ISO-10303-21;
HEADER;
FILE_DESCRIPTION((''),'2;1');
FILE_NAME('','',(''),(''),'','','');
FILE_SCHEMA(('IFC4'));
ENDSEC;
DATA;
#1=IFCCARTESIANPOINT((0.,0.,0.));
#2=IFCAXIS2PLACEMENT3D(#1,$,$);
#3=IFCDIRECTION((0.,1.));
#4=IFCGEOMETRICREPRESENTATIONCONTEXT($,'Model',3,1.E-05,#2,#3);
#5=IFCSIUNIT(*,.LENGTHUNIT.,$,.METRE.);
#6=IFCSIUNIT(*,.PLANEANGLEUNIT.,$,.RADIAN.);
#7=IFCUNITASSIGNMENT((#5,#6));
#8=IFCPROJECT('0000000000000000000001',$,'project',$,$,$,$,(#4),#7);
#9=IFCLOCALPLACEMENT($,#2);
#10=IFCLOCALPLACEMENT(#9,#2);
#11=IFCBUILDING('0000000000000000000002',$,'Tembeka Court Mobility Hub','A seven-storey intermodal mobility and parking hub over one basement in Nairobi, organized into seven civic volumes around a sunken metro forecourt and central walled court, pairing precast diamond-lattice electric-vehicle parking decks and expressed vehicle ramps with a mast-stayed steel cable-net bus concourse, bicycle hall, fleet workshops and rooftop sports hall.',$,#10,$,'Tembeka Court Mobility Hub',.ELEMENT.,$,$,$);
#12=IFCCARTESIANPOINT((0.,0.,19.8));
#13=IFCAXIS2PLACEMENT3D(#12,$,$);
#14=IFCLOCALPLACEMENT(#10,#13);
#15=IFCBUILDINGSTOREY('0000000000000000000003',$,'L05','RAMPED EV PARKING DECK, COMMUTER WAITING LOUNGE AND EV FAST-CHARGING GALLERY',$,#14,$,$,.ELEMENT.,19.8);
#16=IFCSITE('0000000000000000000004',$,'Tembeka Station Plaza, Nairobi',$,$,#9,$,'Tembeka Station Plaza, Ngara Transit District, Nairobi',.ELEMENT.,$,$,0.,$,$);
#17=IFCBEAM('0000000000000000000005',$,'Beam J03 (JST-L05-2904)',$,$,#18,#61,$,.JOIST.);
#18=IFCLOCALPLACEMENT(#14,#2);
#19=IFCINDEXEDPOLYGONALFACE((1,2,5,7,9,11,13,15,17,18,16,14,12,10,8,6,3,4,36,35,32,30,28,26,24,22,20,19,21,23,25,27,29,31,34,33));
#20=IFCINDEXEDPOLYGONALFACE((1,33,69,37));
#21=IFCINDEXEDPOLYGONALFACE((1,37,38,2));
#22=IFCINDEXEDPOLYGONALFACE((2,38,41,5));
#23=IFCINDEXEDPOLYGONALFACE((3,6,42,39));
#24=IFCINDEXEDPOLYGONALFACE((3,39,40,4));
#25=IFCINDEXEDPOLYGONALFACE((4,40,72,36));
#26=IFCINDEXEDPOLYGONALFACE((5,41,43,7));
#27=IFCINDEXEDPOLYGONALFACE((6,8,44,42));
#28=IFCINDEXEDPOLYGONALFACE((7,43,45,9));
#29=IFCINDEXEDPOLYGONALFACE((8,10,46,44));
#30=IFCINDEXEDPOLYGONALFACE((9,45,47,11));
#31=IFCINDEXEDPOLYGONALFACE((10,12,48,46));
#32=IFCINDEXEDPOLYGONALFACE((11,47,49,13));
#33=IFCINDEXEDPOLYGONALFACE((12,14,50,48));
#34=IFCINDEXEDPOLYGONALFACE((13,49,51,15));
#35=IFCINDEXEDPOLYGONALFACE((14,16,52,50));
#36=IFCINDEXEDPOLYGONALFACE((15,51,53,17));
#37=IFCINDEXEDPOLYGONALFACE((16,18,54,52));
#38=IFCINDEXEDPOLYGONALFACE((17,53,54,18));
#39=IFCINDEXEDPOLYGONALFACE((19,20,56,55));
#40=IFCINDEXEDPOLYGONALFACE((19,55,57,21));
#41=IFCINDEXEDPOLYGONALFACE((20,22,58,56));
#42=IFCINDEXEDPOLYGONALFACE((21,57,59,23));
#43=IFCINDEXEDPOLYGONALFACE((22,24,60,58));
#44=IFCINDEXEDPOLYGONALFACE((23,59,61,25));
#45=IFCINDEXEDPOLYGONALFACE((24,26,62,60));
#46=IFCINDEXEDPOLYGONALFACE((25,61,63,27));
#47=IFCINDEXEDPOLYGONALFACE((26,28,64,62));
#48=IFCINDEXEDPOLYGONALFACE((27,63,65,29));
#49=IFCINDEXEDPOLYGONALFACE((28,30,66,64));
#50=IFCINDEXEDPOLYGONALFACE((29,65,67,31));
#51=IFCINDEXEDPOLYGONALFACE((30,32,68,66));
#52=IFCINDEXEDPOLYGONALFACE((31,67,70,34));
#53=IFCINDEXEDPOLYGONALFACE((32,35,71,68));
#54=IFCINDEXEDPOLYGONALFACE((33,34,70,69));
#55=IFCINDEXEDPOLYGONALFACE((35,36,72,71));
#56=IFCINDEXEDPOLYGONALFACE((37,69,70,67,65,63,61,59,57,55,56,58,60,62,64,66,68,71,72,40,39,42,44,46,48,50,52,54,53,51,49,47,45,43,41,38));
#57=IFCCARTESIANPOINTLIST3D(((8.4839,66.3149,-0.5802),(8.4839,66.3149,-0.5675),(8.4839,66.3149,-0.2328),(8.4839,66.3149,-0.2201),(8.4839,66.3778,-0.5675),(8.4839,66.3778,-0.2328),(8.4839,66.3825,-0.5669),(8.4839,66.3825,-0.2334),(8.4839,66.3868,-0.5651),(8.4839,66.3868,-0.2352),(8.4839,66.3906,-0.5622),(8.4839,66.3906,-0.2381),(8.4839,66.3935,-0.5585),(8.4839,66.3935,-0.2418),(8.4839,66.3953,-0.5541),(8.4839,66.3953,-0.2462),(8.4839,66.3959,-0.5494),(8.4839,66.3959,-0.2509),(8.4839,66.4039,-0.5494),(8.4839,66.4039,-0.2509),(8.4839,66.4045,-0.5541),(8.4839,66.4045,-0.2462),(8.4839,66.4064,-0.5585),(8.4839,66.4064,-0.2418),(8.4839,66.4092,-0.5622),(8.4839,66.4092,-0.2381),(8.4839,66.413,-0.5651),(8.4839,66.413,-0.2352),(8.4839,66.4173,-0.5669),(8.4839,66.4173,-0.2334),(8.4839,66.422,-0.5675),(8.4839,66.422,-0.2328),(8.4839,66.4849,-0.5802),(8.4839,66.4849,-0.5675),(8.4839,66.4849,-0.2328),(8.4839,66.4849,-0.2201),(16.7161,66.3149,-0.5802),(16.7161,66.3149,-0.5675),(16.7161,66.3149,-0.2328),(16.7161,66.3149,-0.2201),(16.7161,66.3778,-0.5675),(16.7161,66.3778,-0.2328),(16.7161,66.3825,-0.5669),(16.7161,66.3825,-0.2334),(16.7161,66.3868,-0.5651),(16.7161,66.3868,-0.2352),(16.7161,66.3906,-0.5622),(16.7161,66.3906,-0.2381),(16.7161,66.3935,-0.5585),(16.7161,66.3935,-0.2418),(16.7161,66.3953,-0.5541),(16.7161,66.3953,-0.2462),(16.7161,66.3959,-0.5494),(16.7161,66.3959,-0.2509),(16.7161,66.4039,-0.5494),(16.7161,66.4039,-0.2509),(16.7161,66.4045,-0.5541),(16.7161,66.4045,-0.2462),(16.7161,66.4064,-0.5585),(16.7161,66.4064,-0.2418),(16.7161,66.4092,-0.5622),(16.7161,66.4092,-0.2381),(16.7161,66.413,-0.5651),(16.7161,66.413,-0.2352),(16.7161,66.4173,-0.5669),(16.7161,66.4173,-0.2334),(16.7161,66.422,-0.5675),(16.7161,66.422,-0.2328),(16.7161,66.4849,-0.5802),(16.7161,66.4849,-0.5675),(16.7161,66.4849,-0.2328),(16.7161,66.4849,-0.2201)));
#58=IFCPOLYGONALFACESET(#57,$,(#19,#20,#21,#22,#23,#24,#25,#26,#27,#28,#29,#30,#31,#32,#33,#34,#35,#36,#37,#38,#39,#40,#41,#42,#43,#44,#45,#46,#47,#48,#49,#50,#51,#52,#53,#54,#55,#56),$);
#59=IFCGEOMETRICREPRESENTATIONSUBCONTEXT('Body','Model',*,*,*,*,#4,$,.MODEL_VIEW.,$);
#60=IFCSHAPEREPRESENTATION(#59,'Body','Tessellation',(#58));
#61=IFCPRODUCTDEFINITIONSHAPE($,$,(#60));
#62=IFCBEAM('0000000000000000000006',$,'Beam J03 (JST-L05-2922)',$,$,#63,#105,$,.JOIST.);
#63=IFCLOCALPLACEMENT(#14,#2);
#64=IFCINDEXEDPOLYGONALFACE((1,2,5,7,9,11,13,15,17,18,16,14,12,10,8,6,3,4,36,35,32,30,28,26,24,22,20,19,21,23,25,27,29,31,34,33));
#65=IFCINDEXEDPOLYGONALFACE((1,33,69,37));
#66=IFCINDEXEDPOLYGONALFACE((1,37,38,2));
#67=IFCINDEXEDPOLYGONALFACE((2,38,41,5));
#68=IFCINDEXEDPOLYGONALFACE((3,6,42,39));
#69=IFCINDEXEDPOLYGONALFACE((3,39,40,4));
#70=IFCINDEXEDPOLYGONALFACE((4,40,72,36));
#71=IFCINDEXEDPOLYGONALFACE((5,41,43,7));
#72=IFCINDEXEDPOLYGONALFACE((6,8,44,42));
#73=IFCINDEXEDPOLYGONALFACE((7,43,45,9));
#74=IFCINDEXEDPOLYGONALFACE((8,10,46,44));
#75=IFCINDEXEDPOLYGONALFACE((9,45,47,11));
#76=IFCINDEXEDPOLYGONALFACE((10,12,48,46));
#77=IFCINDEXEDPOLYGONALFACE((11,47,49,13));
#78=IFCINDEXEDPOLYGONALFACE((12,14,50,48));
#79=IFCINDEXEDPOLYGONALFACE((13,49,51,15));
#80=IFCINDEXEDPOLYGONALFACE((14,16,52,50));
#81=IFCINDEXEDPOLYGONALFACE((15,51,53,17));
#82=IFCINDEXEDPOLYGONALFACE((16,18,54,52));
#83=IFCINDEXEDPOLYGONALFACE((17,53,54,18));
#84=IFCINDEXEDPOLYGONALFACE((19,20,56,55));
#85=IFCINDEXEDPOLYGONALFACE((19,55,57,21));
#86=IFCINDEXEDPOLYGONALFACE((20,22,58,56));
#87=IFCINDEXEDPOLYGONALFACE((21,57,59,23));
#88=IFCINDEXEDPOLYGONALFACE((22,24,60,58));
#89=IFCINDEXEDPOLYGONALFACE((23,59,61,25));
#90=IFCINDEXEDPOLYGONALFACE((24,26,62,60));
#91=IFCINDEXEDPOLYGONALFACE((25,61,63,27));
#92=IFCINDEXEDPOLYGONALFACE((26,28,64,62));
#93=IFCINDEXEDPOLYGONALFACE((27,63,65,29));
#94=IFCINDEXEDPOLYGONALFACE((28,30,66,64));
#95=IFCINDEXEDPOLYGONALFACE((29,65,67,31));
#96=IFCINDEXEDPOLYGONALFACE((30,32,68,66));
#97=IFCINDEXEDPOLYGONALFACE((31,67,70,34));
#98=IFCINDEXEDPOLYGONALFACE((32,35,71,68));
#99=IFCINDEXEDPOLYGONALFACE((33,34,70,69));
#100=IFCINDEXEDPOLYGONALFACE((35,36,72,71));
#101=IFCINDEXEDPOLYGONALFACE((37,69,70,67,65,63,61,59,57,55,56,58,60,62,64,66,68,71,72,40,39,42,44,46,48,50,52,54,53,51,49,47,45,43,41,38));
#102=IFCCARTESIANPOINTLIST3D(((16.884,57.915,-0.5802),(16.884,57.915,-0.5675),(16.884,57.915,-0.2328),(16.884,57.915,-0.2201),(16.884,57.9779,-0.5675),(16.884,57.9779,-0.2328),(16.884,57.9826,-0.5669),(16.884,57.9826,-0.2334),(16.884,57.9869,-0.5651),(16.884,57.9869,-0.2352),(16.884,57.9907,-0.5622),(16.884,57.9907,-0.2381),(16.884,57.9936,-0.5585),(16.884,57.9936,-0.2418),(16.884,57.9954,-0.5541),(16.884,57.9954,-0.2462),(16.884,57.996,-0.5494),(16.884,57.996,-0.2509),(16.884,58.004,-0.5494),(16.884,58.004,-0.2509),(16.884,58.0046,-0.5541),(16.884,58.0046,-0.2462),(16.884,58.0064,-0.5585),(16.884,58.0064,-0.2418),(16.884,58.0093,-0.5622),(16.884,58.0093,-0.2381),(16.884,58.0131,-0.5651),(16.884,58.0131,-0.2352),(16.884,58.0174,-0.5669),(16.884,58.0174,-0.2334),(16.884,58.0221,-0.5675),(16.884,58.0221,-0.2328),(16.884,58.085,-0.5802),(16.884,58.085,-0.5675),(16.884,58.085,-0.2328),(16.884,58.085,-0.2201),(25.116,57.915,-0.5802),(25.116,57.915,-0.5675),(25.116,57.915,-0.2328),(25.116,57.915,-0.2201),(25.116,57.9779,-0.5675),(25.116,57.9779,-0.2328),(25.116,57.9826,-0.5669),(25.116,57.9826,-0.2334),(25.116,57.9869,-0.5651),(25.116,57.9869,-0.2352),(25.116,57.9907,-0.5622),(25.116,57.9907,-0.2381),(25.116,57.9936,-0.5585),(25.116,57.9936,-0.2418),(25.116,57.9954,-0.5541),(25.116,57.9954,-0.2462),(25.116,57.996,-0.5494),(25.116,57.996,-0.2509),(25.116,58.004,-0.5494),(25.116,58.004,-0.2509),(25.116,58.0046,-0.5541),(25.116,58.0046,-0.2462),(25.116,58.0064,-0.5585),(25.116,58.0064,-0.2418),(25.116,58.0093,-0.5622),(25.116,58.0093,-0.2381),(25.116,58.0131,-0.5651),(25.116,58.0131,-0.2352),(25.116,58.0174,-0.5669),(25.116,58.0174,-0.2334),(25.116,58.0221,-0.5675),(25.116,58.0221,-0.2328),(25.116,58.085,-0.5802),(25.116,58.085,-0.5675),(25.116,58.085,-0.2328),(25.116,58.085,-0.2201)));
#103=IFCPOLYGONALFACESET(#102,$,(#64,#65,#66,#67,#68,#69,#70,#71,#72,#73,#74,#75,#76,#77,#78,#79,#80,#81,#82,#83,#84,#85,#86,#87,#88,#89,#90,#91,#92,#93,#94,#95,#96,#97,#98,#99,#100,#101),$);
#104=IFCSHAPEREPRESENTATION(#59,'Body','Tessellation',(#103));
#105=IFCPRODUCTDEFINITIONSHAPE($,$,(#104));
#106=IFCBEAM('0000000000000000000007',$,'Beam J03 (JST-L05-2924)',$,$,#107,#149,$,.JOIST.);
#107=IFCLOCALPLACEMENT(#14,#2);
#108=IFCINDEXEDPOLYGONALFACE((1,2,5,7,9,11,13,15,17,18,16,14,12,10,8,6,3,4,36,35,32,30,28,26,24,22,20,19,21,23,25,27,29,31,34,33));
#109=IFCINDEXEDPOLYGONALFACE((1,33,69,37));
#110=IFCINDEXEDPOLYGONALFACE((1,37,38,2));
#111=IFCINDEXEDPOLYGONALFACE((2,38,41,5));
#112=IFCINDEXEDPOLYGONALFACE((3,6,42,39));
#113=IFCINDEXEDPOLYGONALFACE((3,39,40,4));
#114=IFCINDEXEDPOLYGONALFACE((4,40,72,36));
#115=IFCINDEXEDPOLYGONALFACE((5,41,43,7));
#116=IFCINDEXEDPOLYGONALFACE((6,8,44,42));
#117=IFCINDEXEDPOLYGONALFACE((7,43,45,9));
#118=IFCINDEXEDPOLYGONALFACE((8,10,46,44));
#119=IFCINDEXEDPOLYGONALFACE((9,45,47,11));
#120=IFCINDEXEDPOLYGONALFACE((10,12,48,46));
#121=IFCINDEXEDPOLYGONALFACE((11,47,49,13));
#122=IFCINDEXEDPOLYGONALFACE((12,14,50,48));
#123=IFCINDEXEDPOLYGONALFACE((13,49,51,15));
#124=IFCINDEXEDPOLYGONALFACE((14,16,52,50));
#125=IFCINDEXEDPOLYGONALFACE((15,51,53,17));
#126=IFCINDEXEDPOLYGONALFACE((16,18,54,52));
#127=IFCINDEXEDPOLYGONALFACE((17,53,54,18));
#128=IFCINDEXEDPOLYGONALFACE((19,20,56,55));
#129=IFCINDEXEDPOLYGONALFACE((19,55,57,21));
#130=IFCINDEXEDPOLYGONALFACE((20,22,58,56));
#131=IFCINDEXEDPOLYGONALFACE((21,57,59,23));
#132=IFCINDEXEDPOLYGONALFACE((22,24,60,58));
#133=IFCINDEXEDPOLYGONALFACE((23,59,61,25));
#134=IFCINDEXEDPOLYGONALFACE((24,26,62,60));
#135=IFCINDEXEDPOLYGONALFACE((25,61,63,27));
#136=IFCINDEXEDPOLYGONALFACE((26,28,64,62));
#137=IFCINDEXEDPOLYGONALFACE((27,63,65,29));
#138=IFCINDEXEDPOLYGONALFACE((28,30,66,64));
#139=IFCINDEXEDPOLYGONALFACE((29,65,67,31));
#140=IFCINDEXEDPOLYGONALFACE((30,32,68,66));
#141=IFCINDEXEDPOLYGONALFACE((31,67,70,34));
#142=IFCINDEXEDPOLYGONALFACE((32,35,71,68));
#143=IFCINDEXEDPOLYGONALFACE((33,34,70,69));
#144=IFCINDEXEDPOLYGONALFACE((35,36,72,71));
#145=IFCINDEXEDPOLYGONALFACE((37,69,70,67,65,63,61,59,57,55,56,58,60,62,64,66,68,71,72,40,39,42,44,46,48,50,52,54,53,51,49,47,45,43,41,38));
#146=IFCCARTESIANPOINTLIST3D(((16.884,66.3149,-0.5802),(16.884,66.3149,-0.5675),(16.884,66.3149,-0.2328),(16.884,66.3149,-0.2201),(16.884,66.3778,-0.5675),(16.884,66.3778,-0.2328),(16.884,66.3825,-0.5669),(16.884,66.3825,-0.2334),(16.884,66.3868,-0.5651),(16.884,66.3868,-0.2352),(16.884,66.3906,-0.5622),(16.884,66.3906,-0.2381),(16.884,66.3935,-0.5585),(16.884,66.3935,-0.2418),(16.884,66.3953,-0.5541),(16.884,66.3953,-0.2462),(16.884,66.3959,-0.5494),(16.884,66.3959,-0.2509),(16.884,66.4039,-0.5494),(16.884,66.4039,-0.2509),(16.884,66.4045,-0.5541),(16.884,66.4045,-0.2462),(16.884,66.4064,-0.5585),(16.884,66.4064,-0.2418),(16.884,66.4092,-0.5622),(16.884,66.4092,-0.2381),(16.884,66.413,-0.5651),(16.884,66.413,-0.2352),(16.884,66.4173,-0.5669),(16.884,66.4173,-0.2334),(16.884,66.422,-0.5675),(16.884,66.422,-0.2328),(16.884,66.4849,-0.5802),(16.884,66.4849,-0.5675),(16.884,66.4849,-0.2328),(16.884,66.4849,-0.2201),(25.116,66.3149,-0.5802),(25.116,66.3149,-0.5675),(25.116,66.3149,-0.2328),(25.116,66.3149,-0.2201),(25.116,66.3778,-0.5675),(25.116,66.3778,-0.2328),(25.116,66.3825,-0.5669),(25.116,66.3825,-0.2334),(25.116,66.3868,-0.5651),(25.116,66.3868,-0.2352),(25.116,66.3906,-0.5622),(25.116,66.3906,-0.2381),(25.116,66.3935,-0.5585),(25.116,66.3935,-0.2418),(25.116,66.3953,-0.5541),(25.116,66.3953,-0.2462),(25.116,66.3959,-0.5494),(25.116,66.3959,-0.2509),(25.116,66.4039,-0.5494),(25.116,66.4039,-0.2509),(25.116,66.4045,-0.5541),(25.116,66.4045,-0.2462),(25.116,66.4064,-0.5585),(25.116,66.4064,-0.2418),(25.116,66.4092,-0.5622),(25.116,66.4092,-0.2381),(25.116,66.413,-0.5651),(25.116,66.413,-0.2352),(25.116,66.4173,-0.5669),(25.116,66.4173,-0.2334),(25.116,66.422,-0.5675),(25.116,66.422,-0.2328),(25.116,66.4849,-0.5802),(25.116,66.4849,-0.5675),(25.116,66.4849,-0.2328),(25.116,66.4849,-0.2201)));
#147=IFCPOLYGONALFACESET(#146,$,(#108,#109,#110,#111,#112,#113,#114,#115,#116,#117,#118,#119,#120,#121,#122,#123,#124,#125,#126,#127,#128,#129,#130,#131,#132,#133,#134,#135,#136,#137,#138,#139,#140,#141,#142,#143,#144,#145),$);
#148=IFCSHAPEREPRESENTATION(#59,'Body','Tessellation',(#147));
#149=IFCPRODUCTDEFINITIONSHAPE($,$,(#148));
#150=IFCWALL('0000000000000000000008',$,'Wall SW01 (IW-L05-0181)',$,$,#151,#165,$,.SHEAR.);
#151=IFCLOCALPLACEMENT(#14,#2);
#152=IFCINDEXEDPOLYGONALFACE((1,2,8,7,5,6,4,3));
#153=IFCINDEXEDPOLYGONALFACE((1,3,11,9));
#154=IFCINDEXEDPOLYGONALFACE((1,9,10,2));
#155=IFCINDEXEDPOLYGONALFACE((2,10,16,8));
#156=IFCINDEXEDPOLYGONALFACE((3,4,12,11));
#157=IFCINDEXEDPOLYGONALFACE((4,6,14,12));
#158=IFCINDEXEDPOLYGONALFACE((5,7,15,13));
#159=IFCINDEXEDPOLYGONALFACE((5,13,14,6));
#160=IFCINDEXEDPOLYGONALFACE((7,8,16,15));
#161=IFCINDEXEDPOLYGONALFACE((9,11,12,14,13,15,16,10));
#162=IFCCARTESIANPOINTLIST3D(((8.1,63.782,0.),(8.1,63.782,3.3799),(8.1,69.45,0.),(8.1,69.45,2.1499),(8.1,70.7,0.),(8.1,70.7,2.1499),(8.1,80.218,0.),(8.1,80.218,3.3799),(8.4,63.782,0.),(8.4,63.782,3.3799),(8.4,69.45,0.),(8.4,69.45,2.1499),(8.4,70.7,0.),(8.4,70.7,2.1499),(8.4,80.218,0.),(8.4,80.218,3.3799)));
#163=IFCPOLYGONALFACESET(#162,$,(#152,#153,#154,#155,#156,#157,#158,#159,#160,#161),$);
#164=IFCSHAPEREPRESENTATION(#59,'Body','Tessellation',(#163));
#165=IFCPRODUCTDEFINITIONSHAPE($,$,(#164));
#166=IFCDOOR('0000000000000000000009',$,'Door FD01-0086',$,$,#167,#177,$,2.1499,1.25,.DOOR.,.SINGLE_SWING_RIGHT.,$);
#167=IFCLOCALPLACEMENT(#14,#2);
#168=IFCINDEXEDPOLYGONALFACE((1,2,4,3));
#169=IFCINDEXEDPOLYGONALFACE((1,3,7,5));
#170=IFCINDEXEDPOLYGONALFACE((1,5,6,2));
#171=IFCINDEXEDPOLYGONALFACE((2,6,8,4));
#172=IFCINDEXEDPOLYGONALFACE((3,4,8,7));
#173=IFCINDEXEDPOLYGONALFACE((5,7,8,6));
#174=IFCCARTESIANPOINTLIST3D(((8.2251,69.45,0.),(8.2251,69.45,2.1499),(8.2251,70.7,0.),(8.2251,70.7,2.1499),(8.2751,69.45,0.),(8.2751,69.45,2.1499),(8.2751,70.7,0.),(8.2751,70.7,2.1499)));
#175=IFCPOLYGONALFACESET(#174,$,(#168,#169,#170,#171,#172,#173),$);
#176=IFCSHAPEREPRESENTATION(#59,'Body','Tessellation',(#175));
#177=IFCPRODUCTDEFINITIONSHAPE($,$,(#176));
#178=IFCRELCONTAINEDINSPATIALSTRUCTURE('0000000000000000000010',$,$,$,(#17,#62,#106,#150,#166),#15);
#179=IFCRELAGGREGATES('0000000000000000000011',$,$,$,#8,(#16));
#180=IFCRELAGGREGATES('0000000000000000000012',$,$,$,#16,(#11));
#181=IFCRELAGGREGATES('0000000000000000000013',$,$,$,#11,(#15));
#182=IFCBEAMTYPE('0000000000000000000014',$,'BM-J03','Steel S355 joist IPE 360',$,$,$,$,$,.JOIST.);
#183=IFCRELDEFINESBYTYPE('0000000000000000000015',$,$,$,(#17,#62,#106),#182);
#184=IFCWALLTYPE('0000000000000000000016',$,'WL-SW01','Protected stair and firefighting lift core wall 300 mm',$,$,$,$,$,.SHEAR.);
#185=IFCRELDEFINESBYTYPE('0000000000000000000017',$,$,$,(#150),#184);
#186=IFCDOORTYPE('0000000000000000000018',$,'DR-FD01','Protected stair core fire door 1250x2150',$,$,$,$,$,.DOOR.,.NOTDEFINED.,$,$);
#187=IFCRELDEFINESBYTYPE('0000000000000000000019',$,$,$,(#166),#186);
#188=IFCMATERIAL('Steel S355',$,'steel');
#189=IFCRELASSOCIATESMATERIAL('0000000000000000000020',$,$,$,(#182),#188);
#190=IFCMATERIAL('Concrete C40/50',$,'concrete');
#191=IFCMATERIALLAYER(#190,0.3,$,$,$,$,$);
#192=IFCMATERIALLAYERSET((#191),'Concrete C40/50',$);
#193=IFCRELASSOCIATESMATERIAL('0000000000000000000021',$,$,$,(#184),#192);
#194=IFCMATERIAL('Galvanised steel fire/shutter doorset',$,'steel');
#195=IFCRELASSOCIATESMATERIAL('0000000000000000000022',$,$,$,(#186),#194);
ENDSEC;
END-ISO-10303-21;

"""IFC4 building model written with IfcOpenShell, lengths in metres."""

from ifc_helpers import new_model, si_unit, direction, frame, frame_2d, origin, origin_2d, place, context, subcontext, project, spatial, rectangle, i_section, extrude, material, layer, layer_set, material_profile, profile_set, type_object, element, fill, save


model = new_model("IFC4")

# Units and contexts
model_context = context("Model", 3, precision=1e-05, world=origin(), true_north=direction((0.0, 1.0)))
body_context = subcontext(model_context, "Body", "Model", "MODEL_VIEW")
ifc_project = project(units=[si_unit("LENGTHUNIT", "METRE"), si_unit("PLANEANGLEUNIT", "RADIAN")], contexts=[model_context])

# Site, building, storey
site_placement = place(None, origin())
site = spatial("IfcSite", under=ifc_project, at=site_placement, Name="Tembeka Station Plaza, Nairobi", LongName="Tembeka Station Plaza, Ngara Transit District, Nairobi", CompositionType="ELEMENT", RefElevation=0.0)
building_placement = place(site_placement, origin())
building = spatial("IfcBuilding", under=site, at=building_placement, Name="Tembeka Court Mobility Hub", Description="A seven-storey intermodal mobility and parking hub over one basement in Nairobi, organized into seven civic volumes around a sunken metro forecourt and central walled court, pairing precast diamond-lattice electric-vehicle parking decks and expressed vehicle ramps with a mast-stayed steel cable-net bus concourse, bicycle hall, fleet workshops and rooftop sports hall.", LongName="Tembeka Court Mobility Hub", CompositionType="ELEMENT")
storey_placement = place(building_placement, frame((0.0, 0.0, 19.8)))
storey = spatial("IfcBuildingStorey", under=building, at=storey_placement, Name="L05", Description="RAMPED EV PARKING DECK, COMMUTER WAITING LOUNGE AND EV FAST-CHARGING GALLERY", CompositionType="ELEMENT", Elevation=19.8)

# Shared definitions
ifc_material_1 = material(Name="Steel S355", Category="steel")

# Beams
ifc_material_profile_1 = material_profile(ifc_material_1, i_section(OverallWidth=0.1699, OverallDepth=0.3601, WebThickness=0.0081, FlangeThickness=0.0127, FilletRadius=0.0181, at=origin_2d()), Name="IPE 360")
ifc_profile_set_1 = profile_set([ifc_material_profile_1], Name="Steel S355")
beam_type_1 = type_object("IfcBeamType", Name="BM-J03", Description="Steel S355 joist IPE 360", PredefinedType="JOIST", material=ifc_profile_set_1)
for number, where, z_axis, x_axis, name in (
    (1, (8.4839, 66.3999, -0.4001), (1.0, 0.0, 0.0), (0.0, 1.0, 0.0), "Beam J03 (JST-L05-2904)"),
):
    element("IfcBeam", number, at=place(storey_placement, frame(where, z_axis=z_axis, x_axis=x_axis)), inside=storey, type_object=beam_type_1, Name=name, PredefinedType="JOIST", context=body_context, shape_type="SweptSolid", body=[
        extrude(i_section(OverallWidth=0.1699, OverallDepth=0.3601, WebThickness=0.0081, FlangeThickness=0.0127, FilletRadius=0.0181, at=origin_2d()), origin(), (0.0, 0.0, 1.0), 8.2322),
    ])
for number, where, z_axis, x_axis, name in (
    (2, (16.884, 58.0, -0.4001), (1.0, 0.0, 0.0), (0.0, 1.0, 0.0), "Beam J03 (JST-L05-2922)"),
    (3, (16.884, 66.3999, -0.4001), (1.0, 0.0, 0.0), (0.0, 1.0, 0.0), "Beam J03 (JST-L05-2924)"),
):
    element("IfcBeam", number, at=place(storey_placement, frame(where, z_axis=z_axis, x_axis=x_axis)), inside=storey, type_object=beam_type_1, Name=name, PredefinedType="JOIST", context=body_context, shape_type="SweptSolid", body=[
        extrude(i_section(OverallWidth=0.1699, OverallDepth=0.3601, WebThickness=0.0081, FlangeThickness=0.0127, FilletRadius=0.0181, at=origin_2d()), origin(), (0.0, 0.0, 1.0), 8.2319),
    ])

# Wall, opening, door
ifc_material_2 = material(Name="Concrete C40/50", Category="concrete")
ifc_layer = layer(ifc_material_2, 0.3)
ifc_layer_set = layer_set([ifc_layer], Name="Concrete C40/50")
wall_type = type_object("IfcWallType", Name="WL-SW01", Description="Protected stair and firefighting lift core wall 300 mm", PredefinedType="SHEAR", material=ifc_layer_set)
wall_placement = place(storey_placement, frame((8.25, 63.782, 0.0), z_axis=(0.0, 0.0, 1.0), x_axis=(0.0, 1.0, 0.0)))
wall = element("IfcWall", 4, at=wall_placement, inside=storey, type_object=wall_type, Name="Wall SW01 (IW-L05-0181)", PredefinedType="SHEAR", context=body_context, shape_type="SweptSolid", body=[
    extrude(rectangle(XDim=16.436, YDim=0.3, at=frame_2d((8.218, 0.0))), origin(), (0.0, 0.0, 1.0), 3.3799),
])
opening_placement = place(wall_placement, frame((5.668, 0.0, 0.0)))
opening = element("IfcOpeningElement", 5, at=opening_placement, cuts=wall, PredefinedType="OPENING", context=body_context, shape_type="SweptSolid", body=[
    extrude(rectangle(XDim=1.25, YDim=2.1499, at=frame_2d((0.625, 1.075))), frame((0.0, 0.1602, 0.0), z_axis=(0.0, -1.0, 0.0), x_axis=(1.0, 0.0, 0.0)), (0.0, 0.0, 1.0), 0.3201),
])
ifc_material_3 = material(Name="Galvanised steel fire/shutter doorset", Category="steel")
door_type = type_object("IfcDoorType", Name="DR-FD01", Description="Protected stair core fire door 1250x2150", OperationType="NOTDEFINED", PredefinedType="DOOR", material=ifc_material_3)
door_placement = place(opening_placement, origin())
door = element("IfcDoor", 6, at=door_placement, inside=storey, type_object=door_type, Name="Door FD01-0086", OperationType="SINGLE_SWING_RIGHT", OverallHeight=2.1499, OverallWidth=1.25, PredefinedType="DOOR", context=body_context, shape_type="SweptSolid", body=[
    extrude(rectangle(XDim=1.25, YDim=2.1499, at=frame_2d((0.625, 1.075))), frame((0.0, 0.0249, 0.0), z_axis=(0.0, -1.0, 0.0), x_axis=(1.0, 0.0, 0.0)), (0.0, 0.0, 1.0), 0.05),
])
fill(opening, door)

save(model, "model.ifc")
